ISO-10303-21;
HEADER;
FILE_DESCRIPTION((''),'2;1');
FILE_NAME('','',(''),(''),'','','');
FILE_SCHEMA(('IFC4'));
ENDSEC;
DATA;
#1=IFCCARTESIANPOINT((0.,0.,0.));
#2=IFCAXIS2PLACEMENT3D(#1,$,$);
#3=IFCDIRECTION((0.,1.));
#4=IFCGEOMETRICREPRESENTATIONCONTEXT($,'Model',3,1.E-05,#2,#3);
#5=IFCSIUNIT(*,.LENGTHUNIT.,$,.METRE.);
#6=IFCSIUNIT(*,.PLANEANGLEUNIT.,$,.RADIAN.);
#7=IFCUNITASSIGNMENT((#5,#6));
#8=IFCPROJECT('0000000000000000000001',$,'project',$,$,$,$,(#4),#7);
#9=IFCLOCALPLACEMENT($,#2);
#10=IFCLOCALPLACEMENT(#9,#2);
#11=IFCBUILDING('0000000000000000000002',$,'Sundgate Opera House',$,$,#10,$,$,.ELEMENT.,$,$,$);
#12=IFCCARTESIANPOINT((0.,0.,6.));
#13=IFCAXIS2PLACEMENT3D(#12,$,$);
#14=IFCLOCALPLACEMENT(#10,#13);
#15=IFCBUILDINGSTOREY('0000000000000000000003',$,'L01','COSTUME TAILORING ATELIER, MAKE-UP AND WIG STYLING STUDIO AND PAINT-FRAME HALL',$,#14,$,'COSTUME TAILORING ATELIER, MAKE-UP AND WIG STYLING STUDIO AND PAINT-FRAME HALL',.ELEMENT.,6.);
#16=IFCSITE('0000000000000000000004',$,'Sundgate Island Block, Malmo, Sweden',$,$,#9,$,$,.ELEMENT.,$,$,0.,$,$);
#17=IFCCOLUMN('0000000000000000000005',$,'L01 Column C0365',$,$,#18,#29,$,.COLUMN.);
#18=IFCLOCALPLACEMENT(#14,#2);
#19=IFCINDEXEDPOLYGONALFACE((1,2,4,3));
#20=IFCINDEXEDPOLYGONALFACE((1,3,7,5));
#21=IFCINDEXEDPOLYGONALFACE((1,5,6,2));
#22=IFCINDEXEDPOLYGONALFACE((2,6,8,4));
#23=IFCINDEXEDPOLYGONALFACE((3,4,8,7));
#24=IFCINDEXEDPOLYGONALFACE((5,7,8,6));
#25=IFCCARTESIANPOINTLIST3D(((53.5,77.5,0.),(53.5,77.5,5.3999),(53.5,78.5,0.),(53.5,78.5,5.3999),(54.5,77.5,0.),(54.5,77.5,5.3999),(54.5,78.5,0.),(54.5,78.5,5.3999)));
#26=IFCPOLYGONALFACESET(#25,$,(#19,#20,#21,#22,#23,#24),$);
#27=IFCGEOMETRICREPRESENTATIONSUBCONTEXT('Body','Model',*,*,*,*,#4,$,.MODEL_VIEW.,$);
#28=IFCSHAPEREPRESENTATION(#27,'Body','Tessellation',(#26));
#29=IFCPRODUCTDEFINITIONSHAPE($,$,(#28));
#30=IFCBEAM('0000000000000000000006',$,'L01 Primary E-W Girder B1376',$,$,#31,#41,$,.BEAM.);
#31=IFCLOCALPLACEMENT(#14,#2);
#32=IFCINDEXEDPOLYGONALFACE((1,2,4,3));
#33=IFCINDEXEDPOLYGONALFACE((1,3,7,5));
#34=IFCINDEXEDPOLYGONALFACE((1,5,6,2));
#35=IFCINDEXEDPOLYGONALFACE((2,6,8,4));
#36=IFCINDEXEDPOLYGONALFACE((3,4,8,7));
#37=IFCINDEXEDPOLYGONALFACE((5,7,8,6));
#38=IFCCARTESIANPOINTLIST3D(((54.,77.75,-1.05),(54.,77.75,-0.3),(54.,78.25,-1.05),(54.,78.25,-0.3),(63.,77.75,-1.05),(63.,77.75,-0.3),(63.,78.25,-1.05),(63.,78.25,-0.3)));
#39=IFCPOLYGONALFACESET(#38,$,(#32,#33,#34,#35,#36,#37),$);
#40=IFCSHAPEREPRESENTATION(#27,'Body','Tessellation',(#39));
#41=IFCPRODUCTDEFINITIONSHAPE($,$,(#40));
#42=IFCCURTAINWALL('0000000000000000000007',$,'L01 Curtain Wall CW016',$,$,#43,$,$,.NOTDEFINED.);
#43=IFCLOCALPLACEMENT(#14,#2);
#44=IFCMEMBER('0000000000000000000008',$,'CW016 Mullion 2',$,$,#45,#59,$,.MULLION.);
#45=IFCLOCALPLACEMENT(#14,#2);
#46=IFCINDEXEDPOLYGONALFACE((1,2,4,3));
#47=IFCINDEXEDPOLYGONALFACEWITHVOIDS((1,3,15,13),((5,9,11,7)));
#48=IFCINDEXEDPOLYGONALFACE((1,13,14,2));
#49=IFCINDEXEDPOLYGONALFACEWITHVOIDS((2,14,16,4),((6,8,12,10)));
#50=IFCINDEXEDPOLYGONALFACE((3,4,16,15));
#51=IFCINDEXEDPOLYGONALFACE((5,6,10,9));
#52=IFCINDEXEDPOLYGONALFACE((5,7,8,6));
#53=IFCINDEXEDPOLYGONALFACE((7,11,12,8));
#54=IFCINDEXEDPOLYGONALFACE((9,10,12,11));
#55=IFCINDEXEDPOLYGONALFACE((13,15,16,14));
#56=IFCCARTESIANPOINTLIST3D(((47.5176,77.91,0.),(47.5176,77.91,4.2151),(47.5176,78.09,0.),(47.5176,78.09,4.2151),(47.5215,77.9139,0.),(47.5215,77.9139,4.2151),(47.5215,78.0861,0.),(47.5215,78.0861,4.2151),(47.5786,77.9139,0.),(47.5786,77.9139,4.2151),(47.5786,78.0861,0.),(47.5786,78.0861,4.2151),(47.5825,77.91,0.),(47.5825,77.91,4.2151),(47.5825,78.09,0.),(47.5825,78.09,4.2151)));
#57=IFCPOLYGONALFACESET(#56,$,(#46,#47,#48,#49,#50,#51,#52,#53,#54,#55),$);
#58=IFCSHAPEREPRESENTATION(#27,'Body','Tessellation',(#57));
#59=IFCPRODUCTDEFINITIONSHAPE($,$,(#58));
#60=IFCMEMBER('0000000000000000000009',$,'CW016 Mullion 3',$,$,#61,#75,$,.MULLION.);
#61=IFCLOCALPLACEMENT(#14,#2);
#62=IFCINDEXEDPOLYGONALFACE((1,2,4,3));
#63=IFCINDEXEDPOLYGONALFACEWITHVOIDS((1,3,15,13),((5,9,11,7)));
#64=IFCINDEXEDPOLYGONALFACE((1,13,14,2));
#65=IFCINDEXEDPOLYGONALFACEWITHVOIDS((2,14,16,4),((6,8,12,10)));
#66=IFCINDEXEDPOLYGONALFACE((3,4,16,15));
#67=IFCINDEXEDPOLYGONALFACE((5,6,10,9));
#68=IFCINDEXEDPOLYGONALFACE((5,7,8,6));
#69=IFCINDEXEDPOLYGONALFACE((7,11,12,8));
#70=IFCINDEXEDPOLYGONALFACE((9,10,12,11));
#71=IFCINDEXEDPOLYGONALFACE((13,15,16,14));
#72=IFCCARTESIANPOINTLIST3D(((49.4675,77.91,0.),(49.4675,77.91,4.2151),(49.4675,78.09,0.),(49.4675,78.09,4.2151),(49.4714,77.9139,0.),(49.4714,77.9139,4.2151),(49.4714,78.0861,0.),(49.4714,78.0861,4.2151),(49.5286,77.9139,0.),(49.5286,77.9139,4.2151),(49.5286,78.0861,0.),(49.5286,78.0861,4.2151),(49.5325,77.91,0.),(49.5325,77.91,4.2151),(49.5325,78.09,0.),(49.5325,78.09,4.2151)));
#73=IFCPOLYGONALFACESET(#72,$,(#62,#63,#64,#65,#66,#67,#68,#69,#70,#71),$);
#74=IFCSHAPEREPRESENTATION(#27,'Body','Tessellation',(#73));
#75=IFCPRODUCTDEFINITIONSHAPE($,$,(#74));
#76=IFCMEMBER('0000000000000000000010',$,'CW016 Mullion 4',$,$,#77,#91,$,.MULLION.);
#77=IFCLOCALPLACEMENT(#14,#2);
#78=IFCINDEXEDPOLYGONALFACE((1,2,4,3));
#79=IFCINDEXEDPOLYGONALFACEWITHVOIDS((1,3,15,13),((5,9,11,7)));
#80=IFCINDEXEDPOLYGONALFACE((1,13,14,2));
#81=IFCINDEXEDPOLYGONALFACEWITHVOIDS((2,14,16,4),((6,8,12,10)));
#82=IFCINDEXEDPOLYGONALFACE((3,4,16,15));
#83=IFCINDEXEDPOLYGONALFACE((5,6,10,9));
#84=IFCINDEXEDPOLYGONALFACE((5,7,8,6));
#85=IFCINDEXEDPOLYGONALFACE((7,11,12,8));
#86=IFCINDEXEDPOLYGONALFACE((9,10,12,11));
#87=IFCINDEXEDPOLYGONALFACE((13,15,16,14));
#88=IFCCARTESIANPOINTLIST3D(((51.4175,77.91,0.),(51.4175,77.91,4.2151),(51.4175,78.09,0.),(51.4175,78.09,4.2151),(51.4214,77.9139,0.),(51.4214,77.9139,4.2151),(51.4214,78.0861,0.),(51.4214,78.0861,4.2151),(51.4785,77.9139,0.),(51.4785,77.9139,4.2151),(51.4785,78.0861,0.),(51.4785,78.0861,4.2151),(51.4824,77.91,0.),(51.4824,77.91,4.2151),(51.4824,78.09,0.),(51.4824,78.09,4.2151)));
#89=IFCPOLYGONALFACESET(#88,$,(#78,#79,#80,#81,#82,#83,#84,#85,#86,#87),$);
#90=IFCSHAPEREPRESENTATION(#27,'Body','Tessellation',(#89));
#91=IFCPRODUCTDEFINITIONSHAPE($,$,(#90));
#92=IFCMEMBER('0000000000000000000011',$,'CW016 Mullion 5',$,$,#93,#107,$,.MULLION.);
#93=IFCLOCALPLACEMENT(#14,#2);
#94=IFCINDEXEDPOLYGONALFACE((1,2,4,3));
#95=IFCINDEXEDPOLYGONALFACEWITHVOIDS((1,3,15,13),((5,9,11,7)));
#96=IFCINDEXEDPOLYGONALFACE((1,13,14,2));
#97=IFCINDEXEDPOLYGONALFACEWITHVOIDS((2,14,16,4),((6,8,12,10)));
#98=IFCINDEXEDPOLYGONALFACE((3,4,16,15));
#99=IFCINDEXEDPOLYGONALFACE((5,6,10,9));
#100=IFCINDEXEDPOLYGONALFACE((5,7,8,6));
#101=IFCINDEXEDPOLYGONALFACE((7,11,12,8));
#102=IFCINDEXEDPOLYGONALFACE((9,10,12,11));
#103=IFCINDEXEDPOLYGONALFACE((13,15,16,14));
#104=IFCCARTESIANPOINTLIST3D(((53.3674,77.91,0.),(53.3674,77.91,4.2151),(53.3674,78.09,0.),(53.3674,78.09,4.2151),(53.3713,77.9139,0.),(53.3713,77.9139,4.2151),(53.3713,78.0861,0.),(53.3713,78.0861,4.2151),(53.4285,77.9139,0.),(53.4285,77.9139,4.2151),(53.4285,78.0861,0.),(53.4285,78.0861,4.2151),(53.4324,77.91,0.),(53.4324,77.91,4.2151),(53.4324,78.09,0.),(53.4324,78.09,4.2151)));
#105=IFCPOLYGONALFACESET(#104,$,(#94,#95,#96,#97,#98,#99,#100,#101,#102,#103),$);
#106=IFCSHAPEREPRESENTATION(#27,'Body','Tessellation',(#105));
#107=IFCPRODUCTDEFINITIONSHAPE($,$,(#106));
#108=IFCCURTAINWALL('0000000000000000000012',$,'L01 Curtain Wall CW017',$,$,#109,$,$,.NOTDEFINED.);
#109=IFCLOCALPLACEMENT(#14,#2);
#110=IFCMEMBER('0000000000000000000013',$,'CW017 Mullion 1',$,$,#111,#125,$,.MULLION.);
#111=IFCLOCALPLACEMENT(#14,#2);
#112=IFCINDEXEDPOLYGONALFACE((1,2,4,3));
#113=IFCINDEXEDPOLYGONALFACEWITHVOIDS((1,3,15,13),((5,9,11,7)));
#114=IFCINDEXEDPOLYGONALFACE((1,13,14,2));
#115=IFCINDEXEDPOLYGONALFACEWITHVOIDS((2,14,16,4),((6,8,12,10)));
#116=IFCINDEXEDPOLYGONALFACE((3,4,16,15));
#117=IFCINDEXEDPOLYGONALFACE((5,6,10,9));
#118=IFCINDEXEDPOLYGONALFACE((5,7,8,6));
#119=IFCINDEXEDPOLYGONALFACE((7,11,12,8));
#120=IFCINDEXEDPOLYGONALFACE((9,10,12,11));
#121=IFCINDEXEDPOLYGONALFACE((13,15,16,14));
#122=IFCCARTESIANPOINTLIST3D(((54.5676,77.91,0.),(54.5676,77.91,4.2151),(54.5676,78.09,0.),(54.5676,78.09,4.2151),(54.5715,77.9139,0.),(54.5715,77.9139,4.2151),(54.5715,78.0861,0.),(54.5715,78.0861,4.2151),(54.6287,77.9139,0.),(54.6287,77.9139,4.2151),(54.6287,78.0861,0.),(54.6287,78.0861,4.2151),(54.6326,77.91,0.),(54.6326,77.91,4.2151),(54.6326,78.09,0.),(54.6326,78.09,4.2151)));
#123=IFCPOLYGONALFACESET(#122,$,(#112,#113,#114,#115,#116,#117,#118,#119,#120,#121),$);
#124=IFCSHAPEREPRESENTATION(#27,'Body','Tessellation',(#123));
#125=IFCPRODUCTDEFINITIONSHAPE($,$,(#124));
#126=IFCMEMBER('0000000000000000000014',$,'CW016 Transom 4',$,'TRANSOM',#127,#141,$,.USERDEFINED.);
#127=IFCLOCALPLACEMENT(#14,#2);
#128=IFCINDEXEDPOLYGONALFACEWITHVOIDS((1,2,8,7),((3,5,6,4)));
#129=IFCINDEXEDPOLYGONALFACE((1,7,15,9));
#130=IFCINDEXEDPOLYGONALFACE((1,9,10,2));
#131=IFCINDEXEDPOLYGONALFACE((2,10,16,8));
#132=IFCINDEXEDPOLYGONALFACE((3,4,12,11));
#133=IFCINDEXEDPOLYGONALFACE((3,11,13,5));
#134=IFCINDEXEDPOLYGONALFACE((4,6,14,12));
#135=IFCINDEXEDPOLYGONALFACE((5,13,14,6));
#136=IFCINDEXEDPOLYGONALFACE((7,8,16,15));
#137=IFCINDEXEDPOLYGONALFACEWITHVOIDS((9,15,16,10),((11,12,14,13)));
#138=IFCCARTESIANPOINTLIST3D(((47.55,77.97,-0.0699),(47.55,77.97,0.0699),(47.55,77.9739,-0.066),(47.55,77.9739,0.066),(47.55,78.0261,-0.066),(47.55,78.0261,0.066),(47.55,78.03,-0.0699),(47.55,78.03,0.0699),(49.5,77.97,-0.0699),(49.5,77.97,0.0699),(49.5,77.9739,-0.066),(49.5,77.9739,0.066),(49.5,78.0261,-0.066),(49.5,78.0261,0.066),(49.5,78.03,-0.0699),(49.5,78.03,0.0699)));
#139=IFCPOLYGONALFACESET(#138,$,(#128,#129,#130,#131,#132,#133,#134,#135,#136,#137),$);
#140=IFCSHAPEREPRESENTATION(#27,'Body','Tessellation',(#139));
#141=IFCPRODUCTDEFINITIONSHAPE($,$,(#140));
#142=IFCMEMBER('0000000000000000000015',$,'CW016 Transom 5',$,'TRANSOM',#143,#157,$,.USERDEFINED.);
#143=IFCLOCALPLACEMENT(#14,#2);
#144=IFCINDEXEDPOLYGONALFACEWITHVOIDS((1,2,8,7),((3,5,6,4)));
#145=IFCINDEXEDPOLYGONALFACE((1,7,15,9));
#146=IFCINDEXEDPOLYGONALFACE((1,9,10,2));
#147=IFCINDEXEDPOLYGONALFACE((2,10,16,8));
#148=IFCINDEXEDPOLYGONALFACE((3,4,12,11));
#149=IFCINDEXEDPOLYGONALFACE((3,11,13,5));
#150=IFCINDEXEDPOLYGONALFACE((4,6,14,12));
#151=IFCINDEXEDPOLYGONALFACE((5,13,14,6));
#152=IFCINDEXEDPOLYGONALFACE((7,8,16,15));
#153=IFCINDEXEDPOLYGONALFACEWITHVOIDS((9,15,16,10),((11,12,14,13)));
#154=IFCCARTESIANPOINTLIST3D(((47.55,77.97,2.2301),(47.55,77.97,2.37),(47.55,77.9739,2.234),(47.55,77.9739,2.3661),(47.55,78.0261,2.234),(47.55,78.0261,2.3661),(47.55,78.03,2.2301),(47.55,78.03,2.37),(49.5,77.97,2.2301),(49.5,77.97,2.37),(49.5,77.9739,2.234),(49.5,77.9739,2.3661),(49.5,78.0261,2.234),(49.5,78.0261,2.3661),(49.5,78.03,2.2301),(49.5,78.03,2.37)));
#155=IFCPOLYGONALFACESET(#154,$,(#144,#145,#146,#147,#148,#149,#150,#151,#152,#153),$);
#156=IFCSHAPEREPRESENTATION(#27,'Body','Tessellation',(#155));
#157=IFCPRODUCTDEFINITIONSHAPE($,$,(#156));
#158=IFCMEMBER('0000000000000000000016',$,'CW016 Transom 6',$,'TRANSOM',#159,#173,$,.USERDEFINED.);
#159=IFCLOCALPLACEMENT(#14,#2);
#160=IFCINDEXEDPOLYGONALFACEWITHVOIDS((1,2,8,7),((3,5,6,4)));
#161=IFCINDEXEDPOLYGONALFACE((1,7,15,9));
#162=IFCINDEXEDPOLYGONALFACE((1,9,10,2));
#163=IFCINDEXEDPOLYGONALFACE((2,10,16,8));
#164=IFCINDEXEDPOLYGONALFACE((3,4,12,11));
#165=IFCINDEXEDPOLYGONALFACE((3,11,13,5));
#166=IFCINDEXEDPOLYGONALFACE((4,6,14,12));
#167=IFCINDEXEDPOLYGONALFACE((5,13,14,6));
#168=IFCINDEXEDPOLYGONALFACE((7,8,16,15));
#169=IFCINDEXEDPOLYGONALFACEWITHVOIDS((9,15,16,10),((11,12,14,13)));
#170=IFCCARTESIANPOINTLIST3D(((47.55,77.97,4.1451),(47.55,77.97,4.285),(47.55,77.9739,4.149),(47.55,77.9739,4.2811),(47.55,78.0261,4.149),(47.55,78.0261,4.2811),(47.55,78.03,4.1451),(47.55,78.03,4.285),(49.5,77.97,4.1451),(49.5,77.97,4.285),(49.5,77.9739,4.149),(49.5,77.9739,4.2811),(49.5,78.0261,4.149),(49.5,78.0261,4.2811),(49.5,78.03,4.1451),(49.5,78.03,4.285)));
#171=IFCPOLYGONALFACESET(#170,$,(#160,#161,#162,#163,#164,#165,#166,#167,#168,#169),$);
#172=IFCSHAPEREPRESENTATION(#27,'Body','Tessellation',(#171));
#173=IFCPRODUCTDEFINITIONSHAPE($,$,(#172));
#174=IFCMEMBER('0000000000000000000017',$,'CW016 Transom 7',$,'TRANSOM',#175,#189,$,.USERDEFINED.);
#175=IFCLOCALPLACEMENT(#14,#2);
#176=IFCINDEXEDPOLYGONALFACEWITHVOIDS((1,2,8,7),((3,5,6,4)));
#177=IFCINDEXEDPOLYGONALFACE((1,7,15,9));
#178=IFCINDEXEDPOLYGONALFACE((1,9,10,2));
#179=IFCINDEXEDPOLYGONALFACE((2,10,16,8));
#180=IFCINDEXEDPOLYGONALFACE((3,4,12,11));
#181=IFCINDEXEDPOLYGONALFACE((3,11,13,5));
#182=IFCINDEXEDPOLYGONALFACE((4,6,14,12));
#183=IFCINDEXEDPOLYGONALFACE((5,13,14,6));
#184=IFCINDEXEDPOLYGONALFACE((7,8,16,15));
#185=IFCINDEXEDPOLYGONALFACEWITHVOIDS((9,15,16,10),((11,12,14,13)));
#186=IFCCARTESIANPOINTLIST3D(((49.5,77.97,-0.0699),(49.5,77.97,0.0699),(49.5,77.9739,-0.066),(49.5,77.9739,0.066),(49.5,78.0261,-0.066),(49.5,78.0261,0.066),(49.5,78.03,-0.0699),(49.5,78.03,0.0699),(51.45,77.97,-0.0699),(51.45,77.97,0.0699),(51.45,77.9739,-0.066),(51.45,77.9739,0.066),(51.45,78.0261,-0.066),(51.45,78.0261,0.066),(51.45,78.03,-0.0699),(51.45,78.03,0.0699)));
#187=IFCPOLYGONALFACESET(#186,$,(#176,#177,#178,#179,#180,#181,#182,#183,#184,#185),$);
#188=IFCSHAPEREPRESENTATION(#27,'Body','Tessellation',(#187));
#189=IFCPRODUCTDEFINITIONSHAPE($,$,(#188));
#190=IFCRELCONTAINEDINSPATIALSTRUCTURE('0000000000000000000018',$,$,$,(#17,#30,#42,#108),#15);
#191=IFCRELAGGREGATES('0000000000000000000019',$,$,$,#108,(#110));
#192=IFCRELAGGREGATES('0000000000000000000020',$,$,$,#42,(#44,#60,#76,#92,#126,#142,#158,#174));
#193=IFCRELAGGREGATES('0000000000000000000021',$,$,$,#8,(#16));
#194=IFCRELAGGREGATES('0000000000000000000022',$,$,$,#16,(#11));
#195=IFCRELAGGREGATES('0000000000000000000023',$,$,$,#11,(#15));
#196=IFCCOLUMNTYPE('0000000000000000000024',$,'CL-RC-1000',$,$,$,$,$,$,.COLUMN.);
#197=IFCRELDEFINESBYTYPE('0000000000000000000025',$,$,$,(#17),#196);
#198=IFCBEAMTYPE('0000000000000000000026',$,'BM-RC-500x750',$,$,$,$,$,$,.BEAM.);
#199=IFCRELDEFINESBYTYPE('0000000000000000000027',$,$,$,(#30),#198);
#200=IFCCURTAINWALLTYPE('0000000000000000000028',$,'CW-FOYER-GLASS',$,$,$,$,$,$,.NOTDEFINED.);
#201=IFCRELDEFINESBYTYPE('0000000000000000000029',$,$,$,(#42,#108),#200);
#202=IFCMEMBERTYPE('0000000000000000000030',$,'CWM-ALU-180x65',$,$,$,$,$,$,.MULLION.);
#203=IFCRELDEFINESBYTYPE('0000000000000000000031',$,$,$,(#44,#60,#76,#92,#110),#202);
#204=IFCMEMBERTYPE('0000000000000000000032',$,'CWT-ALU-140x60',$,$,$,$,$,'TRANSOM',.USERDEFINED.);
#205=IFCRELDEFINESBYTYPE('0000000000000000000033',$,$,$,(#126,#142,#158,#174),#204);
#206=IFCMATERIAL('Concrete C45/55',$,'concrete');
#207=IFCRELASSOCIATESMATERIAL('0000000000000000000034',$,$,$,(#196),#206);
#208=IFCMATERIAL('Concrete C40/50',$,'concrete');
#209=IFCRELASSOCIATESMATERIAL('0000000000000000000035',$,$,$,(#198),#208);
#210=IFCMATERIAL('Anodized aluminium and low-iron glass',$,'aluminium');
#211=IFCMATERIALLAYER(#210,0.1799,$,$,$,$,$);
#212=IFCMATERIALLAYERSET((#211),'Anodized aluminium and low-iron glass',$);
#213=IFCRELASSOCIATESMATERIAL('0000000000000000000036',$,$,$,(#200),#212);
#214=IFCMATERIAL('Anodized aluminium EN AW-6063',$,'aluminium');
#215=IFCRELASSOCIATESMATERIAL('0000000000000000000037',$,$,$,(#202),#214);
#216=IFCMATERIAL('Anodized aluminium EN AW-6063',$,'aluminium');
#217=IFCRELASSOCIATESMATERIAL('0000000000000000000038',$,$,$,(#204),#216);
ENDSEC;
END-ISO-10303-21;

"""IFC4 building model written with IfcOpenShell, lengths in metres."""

from ifc_helpers import new_model, si_unit, direction, frame, origin, origin_2d, place, context, subcontext, project, spatial, rectangle, hollow_rectangle, extrude, material, layer, layer_set, material_profile, profile_set, type_object, element, aggregate, save


model = new_model("IFC4")

# Units and contexts
model_context = context("Model", 3, precision=1e-05, world=origin(), true_north=direction((0.0, 1.0)))
body_context = subcontext(model_context, "Body", "Model", "MODEL_VIEW")
ifc_project = project(units=[si_unit("LENGTHUNIT", "METRE"), si_unit("PLANEANGLEUNIT", "RADIAN")], contexts=[model_context])

# Site, building, storey
site_placement = place(None, origin())
site = spatial("IfcSite", under=ifc_project, at=site_placement, Name="Sundgate Island Block, Malmo, Sweden", CompositionType="ELEMENT", RefElevation=0.0)
building_placement = place(site_placement, origin())
building = spatial("IfcBuilding", under=site, at=building_placement, Name="Sundgate Opera House", CompositionType="ELEMENT")
storey_placement = place(building_placement, frame((0.0, 0.0, 6.0)))
storey = spatial("IfcBuildingStorey", under=building, at=storey_placement, Name="L01", Description="COSTUME TAILORING ATELIER, MAKE-UP AND WIG STYLING STUDIO AND PAINT-FRAME HALL", LongName="COSTUME TAILORING ATELIER, MAKE-UP AND WIG STYLING STUDIO AND PAINT-FRAME HALL", CompositionType="ELEMENT", Elevation=6.0)

# Column
ifc_material_1 = material(Name="Concrete C45/55", Category="concrete")
ifc_material_profile_1 = material_profile(ifc_material_1, rectangle(XDim=1.0, YDim=1.0, at=origin_2d()), Name="RC 1000x1000")
ifc_profile_set_1 = profile_set([ifc_material_profile_1], Name="Concrete C45/55")
column_type = type_object("IfcColumnType", Name="CL-RC-1000", PredefinedType="COLUMN", material=ifc_profile_set_1)
column_placement = place(storey_placement, frame((54.0, 78.0, 0.0), z_axis=(0.0, 0.0, 1.0), x_axis=(1.0, 0.0, 0.0)))
element("IfcColumn", 1, at=column_placement, inside=storey, type_object=column_type, Name="L01 Column C0365", PredefinedType="COLUMN", context=body_context, shape_type="SweptSolid", body=[
    extrude(rectangle(XDim=1.0, YDim=1.0, at=origin_2d()), origin(), (0.0, 0.0, 1.0), 5.3999),
])

# Beam
ifc_material_2 = material(Name="Concrete C40/50", Category="concrete")
ifc_material_profile_2 = material_profile(ifc_material_2, rectangle(XDim=0.5, YDim=0.75, at=origin_2d()), Name="RC 500x750")
ifc_profile_set_2 = profile_set([ifc_material_profile_2], Name="Concrete C40/50")
beam_type = type_object("IfcBeamType", Name="BM-RC-500x750", PredefinedType="BEAM", material=ifc_profile_set_2)
beam_placement = place(storey_placement, frame((54.0, 78.0, -0.675), z_axis=(1.0, 0.0, 0.0), x_axis=(0.0, 1.0, 0.0)))
element("IfcBeam", 2, at=beam_placement, inside=storey, type_object=beam_type, Name="L01 Primary E-W Girder B1376", PredefinedType="BEAM", context=body_context, shape_type="SweptSolid", body=[
    extrude(rectangle(XDim=0.5, YDim=0.75, at=origin_2d()), origin(), (0.0, 0.0, 1.0), 9.0),
])

# Curtain wall, members
ifc_material_3 = material(Name="Anodized aluminium and low-iron glass", Category="aluminium")
ifc_layer_1 = layer(ifc_material_3, 0.1799)
ifc_layer_set_1 = layer_set([ifc_layer_1], Name="Anodized aluminium and low-iron glass")
curtain_wall_type = type_object("IfcCurtainWallType", Name="CW-FOYER-GLASS", PredefinedType="NOTDEFINED", material=ifc_layer_set_1)
curtain_wall_1_placement = place(storey_placement, origin())
curtain_wall_1 = element("IfcCurtainWall", 3, at=curtain_wall_1_placement, inside=storey, type_object=curtain_wall_type, Name="L01 Curtain Wall CW016", PredefinedType="NOTDEFINED")
ifc_material_4 = material(Name="Anodized aluminium EN AW-6063", Category="aluminium")
ifc_material_profile_3 = material_profile(ifc_material_4, hollow_rectangle(XDim=0.0649, YDim=0.1799, WallThickness=0.0039, at=origin_2d()), Name="CWM 180x65x4")
ifc_profile_set_3 = profile_set([ifc_material_profile_3], Name="Anodized aluminium EN AW-6063")
member_type_1 = type_object("IfcMemberType", Name="CWM-ALU-180x65", PredefinedType="MULLION", material=ifc_profile_set_3)
member_1_placement = place(storey_placement, frame((47.55, 78.0, 0.0), z_axis=(0.0, 0.0, 1.0), x_axis=(1.0, 0.0, 0.0)))
member_1 = element("IfcMember", 4, at=member_1_placement, type_object=member_type_1, Name="CW016 Mullion 2", PredefinedType="MULLION", context=body_context, shape_type="SweptSolid", body=[
    extrude(hollow_rectangle(XDim=0.0649, YDim=0.1799, WallThickness=0.0039, at=origin_2d()), origin(), (0.0, 0.0, 1.0), 4.2151),
])
member_2_placement = place(storey_placement, frame((49.5, 78.0, 0.0), z_axis=(0.0, 0.0, 1.0), x_axis=(1.0, 0.0, 0.0)))
member_2 = element("IfcMember", 5, at=member_2_placement, type_object=member_type_1, Name="CW016 Mullion 3", PredefinedType="MULLION", context=body_context, shape_type="SweptSolid", body=[
    extrude(hollow_rectangle(XDim=0.0649, YDim=0.1799, WallThickness=0.0039, at=origin_2d()), origin(), (0.0, 0.0, 1.0), 4.2151),
])
member_3_placement = place(storey_placement, frame((51.45, 78.0, 0.0), z_axis=(0.0, 0.0, 1.0), x_axis=(1.0, 0.0, 0.0)))
member_3 = element("IfcMember", 6, at=member_3_placement, type_object=member_type_1, Name="CW016 Mullion 4", PredefinedType="MULLION", context=body_context, shape_type="SweptSolid", body=[
    extrude(hollow_rectangle(XDim=0.0649, YDim=0.1799, WallThickness=0.0039, at=origin_2d()), origin(), (0.0, 0.0, 1.0), 4.2151),
])
member_4_placement = place(storey_placement, frame((53.3999, 78.0, 0.0), z_axis=(0.0, 0.0, 1.0), x_axis=(1.0, 0.0, 0.0)))
member_4 = element("IfcMember", 7, at=member_4_placement, type_object=member_type_1, Name="CW016 Mullion 5", PredefinedType="MULLION", context=body_context, shape_type="SweptSolid", body=[
    extrude(hollow_rectangle(XDim=0.0649, YDim=0.1799, WallThickness=0.0039, at=origin_2d()), origin(), (0.0, 0.0, 1.0), 4.2151),
])

# Curtain wall, member
curtain_wall_2_placement = place(storey_placement, origin())
curtain_wall_2 = element("IfcCurtainWall", 8, at=curtain_wall_2_placement, inside=storey, type_object=curtain_wall_type, Name="L01 Curtain Wall CW017", PredefinedType="NOTDEFINED")
member_5_placement = place(storey_placement, frame((54.6001, 78.0, 0.0), z_axis=(0.0, 0.0, 1.0), x_axis=(1.0, 0.0, 0.0)))
member_5 = element("IfcMember", 9, at=member_5_placement, type_object=member_type_1, Name="CW017 Mullion 1", PredefinedType="MULLION", context=body_context, shape_type="SweptSolid", body=[
    extrude(hollow_rectangle(XDim=0.0649, YDim=0.1799, WallThickness=0.0039, at=origin_2d()), origin(), (0.0, 0.0, 1.0), 4.2151),
])
aggregate(curtain_wall_2, [member_5])

# Members
ifc_material_5 = material(Name="Anodized aluminium EN AW-6063", Category="aluminium")
ifc_material_profile_4 = material_profile(ifc_material_5, hollow_rectangle(XDim=0.0601, YDim=0.1399, WallThickness=0.0039, at=origin_2d()), Name="CWT 140x60x4")
ifc_profile_set_4 = profile_set([ifc_material_profile_4], Name="Anodized aluminium EN AW-6063")
member_type_2 = type_object("IfcMemberType", Name="CWT-ALU-140x60", ElementType="TRANSOM", PredefinedType="USERDEFINED", material=ifc_profile_set_4)
member_6_placement = place(storey_placement, frame((47.55, 78.0, 0.0), z_axis=(1.0, 0.0, 0.0), x_axis=(0.0, 1.0, 0.0)))
member_6 = element("IfcMember", 10, at=member_6_placement, type_object=member_type_2, Name="CW016 Transom 4", ObjectType="TRANSOM", PredefinedType="USERDEFINED", context=body_context, shape_type="SweptSolid", body=[
    extrude(hollow_rectangle(XDim=0.0601, YDim=0.1399, WallThickness=0.0039, at=origin_2d()), origin(), (0.0, 0.0, 1.0), 1.95),
])
member_7_placement = place(storey_placement, frame((47.55, 78.0, 2.3), z_axis=(1.0, 0.0, 0.0), x_axis=(0.0, 1.0, 0.0)))
member_7 = element("IfcMember", 11, at=member_7_placement, type_object=member_type_2, Name="CW016 Transom 5", ObjectType="TRANSOM", PredefinedType="USERDEFINED", context=body_context, shape_type="SweptSolid", body=[
    extrude(hollow_rectangle(XDim=0.0601, YDim=0.1399, WallThickness=0.0039, at=origin_2d()), origin(), (0.0, 0.0, 1.0), 1.95),
])
member_8_placement = place(storey_placement, frame((47.55, 78.0, 4.2151), z_axis=(1.0, 0.0, 0.0), x_axis=(0.0, 1.0, 0.0)))
member_8 = element("IfcMember", 12, at=member_8_placement, type_object=member_type_2, Name="CW016 Transom 6", ObjectType="TRANSOM", PredefinedType="USERDEFINED", context=body_context, shape_type="SweptSolid", body=[
    extrude(hollow_rectangle(XDim=0.0601, YDim=0.1399, WallThickness=0.0039, at=origin_2d()), origin(), (0.0, 0.0, 1.0), 1.95),
])
member_9_placement = place(storey_placement, frame((49.5, 78.0, 0.0), z_axis=(1.0, 0.0, 0.0), x_axis=(0.0, 1.0, 0.0)))
member_9 = element("IfcMember", 13, at=member_9_placement, type_object=member_type_2, Name="CW016 Transom 7", ObjectType="TRANSOM", PredefinedType="USERDEFINED", context=body_context, shape_type="SweptSolid", body=[
    extrude(hollow_rectangle(XDim=0.0601, YDim=0.1399, WallThickness=0.0039, at=origin_2d()), origin(), (0.0, 0.0, 1.0), 1.95),
])

aggregate(curtain_wall_1, [member_1, member_2, member_3, member_4, member_6, member_7, member_8, member_9])

save(model, "model.ifc")
